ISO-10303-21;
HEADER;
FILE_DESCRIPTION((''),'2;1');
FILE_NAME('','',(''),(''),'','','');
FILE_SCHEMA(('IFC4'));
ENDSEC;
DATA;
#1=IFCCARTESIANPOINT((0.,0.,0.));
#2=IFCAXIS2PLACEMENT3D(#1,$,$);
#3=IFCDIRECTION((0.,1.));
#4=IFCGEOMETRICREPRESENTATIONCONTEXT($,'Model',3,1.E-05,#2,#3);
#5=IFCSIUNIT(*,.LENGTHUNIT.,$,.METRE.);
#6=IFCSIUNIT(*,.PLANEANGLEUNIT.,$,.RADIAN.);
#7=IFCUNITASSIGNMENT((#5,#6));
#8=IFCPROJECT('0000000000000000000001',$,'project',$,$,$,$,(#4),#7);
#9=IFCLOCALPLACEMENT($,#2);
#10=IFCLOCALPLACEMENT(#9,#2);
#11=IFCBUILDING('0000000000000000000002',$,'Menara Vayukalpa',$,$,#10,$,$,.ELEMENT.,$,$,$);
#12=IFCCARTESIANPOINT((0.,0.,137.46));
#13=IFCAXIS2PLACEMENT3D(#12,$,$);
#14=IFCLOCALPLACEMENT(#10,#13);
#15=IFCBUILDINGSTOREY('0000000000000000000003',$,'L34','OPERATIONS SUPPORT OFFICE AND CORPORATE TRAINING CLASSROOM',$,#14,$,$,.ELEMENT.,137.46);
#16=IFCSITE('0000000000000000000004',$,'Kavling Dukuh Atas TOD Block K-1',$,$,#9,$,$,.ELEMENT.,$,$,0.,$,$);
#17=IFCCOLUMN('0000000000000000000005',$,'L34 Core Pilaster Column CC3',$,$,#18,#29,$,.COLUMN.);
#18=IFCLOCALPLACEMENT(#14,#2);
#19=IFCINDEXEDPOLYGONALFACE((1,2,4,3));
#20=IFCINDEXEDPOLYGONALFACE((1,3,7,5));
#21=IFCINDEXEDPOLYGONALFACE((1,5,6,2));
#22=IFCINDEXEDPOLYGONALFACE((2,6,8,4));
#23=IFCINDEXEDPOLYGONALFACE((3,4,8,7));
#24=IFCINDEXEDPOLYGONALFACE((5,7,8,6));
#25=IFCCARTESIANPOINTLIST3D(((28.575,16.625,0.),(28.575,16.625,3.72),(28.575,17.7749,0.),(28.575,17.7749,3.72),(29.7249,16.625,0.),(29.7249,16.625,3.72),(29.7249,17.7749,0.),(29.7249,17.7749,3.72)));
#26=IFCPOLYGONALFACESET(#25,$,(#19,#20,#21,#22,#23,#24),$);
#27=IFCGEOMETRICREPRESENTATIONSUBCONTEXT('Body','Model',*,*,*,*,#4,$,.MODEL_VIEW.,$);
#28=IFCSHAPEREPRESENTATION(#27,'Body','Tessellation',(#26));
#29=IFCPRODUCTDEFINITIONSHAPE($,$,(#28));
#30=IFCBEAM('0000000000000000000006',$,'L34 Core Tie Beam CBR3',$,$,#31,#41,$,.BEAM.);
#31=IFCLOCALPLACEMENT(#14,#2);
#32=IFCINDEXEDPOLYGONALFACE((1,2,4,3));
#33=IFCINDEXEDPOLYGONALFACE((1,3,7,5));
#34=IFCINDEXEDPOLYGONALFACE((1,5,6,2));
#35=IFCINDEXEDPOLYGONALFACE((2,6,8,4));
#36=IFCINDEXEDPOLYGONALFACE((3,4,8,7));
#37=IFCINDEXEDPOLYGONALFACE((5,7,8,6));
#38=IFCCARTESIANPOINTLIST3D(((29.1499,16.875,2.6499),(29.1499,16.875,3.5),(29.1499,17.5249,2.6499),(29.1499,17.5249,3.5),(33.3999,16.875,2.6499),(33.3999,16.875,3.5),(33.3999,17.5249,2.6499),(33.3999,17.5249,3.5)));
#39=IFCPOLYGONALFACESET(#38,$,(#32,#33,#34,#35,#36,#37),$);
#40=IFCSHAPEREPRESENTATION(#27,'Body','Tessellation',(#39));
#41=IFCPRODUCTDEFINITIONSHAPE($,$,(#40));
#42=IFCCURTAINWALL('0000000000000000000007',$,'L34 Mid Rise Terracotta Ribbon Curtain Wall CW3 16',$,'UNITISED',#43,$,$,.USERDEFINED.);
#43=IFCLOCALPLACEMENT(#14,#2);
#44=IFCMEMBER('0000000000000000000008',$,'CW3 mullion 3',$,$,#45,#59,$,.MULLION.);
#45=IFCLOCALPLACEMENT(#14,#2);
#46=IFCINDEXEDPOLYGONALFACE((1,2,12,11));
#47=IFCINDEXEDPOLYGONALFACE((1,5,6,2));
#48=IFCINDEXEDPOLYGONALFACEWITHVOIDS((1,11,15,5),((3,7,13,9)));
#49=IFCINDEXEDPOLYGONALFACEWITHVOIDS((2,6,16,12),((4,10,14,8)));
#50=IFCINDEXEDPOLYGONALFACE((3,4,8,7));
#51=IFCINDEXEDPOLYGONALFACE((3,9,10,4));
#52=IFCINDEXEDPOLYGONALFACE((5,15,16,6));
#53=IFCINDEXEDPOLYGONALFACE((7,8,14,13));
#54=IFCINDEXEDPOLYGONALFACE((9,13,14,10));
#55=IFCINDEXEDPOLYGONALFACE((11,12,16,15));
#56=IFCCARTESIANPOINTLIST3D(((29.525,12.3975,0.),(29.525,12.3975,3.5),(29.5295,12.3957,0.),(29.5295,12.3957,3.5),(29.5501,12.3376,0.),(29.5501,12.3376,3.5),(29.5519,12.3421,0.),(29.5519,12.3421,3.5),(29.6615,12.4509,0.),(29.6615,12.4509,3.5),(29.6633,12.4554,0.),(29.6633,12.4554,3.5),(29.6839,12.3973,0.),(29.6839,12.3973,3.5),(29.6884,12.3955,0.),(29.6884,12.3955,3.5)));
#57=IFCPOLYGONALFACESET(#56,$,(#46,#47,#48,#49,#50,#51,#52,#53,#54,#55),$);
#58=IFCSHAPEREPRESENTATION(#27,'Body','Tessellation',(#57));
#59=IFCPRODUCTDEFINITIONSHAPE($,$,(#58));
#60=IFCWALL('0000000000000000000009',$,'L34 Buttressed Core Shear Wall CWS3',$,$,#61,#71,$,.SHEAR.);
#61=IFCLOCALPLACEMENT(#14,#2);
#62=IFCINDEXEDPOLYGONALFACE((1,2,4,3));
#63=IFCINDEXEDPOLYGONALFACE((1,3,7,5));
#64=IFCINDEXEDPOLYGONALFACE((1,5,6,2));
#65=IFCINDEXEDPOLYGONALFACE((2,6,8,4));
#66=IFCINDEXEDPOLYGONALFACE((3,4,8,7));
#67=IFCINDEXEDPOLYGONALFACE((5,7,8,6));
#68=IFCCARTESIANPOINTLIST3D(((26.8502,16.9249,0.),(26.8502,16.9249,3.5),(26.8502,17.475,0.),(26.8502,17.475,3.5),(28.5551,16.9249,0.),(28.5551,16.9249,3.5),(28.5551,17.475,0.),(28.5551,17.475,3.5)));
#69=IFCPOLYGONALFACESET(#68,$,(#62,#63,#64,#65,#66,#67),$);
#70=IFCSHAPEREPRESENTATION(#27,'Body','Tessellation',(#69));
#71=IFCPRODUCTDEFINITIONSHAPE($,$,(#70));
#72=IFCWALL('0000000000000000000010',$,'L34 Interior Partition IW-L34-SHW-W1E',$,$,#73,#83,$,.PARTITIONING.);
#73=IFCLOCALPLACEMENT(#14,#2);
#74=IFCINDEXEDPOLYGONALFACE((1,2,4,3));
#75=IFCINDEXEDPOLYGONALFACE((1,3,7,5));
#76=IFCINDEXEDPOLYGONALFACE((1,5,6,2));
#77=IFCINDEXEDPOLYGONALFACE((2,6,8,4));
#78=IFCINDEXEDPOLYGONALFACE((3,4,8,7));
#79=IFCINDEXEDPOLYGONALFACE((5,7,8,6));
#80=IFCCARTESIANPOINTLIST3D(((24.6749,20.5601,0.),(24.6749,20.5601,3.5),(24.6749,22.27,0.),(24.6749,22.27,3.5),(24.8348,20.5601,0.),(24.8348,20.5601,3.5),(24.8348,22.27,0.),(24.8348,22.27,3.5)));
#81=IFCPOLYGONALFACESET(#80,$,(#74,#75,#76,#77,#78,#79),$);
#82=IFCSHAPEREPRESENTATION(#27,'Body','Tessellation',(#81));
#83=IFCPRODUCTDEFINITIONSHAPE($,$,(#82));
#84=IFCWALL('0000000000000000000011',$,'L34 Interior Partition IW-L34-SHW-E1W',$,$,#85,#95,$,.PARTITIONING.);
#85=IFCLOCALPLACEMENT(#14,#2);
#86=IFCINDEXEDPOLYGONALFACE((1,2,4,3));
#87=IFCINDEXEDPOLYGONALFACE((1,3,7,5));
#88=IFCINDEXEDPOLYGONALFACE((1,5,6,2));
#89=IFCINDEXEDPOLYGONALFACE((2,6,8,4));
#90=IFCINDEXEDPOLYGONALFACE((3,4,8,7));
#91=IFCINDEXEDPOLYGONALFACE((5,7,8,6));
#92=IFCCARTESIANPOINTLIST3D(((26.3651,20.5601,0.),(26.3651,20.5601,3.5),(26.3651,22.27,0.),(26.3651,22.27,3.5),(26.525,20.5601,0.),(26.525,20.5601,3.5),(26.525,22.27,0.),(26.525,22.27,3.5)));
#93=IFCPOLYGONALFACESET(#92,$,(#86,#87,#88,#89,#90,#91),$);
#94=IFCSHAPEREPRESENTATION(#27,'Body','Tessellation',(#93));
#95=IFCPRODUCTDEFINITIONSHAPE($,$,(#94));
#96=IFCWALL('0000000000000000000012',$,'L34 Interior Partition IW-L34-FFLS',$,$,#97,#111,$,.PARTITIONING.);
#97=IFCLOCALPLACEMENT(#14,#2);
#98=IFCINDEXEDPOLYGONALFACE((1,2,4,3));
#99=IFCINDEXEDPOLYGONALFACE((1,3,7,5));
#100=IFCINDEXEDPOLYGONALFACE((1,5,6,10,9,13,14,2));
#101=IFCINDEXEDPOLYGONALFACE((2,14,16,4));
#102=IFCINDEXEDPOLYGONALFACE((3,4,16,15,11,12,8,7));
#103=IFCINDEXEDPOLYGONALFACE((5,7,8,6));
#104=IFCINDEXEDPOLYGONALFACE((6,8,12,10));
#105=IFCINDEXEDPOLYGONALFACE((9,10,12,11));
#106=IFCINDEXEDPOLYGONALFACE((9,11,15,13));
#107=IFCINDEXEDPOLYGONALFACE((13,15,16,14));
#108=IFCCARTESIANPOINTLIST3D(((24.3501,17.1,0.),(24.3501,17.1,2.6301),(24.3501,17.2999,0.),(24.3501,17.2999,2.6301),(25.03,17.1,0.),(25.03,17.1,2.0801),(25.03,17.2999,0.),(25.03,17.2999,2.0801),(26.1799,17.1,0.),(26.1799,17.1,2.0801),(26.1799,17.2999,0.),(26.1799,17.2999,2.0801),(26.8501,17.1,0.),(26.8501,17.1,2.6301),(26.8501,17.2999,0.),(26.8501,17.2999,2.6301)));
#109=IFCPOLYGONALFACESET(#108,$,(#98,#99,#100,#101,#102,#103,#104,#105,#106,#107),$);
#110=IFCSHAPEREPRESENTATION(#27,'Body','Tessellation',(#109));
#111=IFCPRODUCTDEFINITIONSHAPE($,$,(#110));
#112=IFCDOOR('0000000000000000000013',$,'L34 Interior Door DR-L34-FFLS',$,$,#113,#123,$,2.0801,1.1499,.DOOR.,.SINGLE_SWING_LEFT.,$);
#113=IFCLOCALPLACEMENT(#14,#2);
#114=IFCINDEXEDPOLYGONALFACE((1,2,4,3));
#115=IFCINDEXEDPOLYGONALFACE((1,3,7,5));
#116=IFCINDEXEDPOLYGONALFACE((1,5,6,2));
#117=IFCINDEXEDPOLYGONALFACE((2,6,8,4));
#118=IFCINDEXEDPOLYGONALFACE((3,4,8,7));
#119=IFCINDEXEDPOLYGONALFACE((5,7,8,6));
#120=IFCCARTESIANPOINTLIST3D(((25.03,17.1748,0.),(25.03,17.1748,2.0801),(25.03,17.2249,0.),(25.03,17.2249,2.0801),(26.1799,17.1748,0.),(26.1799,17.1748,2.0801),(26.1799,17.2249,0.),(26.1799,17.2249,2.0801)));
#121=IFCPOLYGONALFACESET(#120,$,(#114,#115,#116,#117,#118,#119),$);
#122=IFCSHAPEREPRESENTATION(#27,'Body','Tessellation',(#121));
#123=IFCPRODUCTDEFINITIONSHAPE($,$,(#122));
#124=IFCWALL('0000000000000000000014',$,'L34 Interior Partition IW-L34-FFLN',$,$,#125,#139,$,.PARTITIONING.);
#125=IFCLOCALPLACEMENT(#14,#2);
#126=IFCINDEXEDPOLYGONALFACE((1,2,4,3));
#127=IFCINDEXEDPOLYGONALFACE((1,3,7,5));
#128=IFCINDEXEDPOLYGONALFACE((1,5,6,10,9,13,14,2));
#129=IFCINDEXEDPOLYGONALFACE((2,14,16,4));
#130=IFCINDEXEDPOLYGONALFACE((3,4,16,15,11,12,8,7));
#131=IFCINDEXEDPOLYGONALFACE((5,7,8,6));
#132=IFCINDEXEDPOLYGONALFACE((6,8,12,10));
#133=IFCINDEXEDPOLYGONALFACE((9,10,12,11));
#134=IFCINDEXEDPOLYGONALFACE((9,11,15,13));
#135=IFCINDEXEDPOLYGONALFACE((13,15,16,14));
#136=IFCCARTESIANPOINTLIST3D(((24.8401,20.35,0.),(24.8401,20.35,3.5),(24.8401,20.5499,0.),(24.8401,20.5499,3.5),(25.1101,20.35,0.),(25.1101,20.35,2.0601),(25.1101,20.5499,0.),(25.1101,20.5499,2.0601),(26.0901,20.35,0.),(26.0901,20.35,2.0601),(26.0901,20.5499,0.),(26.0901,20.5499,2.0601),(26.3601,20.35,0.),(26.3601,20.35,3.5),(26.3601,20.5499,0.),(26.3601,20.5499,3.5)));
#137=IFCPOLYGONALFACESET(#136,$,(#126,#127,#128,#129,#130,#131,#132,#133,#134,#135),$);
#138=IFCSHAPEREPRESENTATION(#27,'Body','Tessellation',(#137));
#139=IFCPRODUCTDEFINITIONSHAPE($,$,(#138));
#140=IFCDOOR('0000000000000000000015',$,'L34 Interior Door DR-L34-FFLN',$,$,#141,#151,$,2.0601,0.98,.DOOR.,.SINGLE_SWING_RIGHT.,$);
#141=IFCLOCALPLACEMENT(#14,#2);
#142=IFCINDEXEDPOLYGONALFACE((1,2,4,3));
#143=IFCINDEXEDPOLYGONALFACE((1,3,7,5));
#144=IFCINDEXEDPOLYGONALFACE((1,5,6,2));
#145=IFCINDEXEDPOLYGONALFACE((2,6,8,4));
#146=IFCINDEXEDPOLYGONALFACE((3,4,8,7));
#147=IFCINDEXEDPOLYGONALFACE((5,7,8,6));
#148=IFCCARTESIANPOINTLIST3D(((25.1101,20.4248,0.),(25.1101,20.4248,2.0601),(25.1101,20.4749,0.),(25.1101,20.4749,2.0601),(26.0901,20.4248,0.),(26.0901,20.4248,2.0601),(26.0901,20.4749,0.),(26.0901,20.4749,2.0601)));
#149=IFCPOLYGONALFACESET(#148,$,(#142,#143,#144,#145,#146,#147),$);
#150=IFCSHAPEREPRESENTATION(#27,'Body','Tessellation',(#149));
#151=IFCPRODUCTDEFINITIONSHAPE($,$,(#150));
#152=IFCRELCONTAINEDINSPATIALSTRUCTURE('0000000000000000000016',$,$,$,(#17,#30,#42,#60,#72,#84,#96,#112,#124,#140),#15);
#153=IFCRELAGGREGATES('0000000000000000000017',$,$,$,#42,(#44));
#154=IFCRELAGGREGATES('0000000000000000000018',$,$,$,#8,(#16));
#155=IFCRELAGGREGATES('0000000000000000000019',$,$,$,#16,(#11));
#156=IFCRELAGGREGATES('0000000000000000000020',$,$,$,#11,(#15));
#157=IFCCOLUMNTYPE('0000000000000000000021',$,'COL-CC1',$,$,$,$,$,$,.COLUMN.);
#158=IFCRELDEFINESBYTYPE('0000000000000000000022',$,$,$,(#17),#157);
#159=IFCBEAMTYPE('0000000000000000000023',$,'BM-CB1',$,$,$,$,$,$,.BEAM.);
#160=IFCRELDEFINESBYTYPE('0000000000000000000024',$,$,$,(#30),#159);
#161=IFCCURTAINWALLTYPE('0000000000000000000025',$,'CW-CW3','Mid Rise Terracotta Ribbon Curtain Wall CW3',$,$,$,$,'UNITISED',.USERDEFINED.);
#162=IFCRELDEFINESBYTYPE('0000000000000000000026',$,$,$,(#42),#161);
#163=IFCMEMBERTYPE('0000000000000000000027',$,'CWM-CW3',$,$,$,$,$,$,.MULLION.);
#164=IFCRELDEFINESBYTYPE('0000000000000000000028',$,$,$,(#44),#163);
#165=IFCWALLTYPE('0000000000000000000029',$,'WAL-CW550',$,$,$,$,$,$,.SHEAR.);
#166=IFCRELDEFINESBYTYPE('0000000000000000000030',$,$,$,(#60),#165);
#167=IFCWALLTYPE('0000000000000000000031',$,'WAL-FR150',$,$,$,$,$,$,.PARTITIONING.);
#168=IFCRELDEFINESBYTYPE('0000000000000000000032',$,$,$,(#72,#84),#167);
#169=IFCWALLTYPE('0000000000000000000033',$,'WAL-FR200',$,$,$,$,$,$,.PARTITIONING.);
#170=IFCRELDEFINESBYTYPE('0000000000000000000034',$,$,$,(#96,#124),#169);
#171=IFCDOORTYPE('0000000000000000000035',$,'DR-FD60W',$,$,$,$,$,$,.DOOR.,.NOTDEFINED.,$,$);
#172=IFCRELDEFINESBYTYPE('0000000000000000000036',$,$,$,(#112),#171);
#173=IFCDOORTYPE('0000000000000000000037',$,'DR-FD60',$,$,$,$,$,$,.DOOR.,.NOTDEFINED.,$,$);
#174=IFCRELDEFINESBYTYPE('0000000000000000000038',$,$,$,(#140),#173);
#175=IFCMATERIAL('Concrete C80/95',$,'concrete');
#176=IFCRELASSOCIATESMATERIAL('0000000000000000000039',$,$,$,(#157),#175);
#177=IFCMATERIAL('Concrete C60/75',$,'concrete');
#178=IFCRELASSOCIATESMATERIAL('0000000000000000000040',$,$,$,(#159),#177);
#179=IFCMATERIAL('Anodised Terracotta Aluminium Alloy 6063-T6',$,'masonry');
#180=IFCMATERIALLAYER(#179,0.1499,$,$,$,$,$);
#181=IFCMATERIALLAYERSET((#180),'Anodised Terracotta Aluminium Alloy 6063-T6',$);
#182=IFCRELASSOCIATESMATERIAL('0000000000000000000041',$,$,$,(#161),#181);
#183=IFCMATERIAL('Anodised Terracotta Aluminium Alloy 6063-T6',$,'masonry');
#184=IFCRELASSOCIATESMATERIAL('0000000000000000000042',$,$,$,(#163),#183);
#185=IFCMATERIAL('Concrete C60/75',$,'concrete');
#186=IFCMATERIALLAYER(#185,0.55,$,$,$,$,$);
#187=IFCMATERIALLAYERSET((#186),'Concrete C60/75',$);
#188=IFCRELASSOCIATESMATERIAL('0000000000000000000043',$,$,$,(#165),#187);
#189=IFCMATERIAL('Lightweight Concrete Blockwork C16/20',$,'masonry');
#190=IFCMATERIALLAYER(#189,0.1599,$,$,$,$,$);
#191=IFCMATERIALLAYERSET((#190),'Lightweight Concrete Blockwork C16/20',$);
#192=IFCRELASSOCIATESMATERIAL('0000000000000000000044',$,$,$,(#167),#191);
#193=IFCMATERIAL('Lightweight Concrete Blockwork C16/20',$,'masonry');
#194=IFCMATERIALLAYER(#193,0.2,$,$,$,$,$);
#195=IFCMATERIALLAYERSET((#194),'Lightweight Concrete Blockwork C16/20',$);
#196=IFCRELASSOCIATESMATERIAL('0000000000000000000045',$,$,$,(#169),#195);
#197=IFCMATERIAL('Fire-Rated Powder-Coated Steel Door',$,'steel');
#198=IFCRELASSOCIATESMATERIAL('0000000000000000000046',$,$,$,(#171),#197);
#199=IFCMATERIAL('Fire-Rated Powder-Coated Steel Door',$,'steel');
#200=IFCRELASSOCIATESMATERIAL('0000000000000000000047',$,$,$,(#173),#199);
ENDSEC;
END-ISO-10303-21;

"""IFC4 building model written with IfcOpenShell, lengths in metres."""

from ifc_helpers import new_model, si_unit, direction, frame, frame_2d, origin, origin_2d, place, context, subcontext, project, spatial, rectangle, hollow_rectangle, extrude, material, layer, layer_set, material_profile, profile_set, type_object, element, fill, aggregate, save


model = new_model("IFC4")

# Units and contexts
model_context = context("Model", 3, precision=1e-05, world=origin(), true_north=direction((0.0, 1.0)))
body_context = subcontext(model_context, "Body", "Model", "MODEL_VIEW")
ifc_project = project(units=[si_unit("LENGTHUNIT", "METRE"), si_unit("PLANEANGLEUNIT", "RADIAN")], contexts=[model_context])

# Site, building, storey
site_placement = place(None, origin())
site = spatial("IfcSite", under=ifc_project, at=site_placement, Name="Kavling Dukuh Atas TOD Block K-1", CompositionType="ELEMENT", RefElevation=0.0)
building_placement = place(site_placement, origin())
building = spatial("IfcBuilding", under=site, at=building_placement, Name="Menara Vayukalpa", CompositionType="ELEMENT")
storey_placement = place(building_placement, frame((0.0, 0.0, 137.46)))
storey = spatial("IfcBuildingStorey", under=building, at=storey_placement, Name="L34", Description="OPERATIONS SUPPORT OFFICE AND CORPORATE TRAINING CLASSROOM", CompositionType="ELEMENT", Elevation=137.46)

# Column
ifc_material_1 = material(Name="Concrete C80/95", Category="concrete")
ifc_material_profile_1 = material_profile(ifc_material_1, rectangle(XDim=1.1499, YDim=1.1499, at=origin_2d()), Name="RC 1150x1150")
ifc_profile_set_1 = profile_set([ifc_material_profile_1], Name="Concrete C80/95")
column_type = type_object("IfcColumnType", Name="COL-CC1", PredefinedType="COLUMN", material=ifc_profile_set_1)
column_placement = place(storey_placement, frame((29.1499, 17.2, 0.0), z_axis=(0.0, 0.0, 1.0), x_axis=(1.0, 0.0, 0.0)))
element("IfcColumn", 1, at=column_placement, inside=storey, type_object=column_type, Name="L34 Core Pilaster Column CC3", PredefinedType="COLUMN", context=body_context, shape_type="SweptSolid", body=[
    extrude(rectangle(XDim=1.1499, YDim=1.1499, at=origin_2d()), origin(), (0.0, 0.0, 1.0), 3.72),
])

# Beam
ifc_material_2 = material(Name="Concrete C60/75", Category="concrete")
ifc_material_profile_2 = material_profile(ifc_material_2, rectangle(XDim=0.6499, YDim=0.8501, at=origin_2d()), Name="RC 650x850")
ifc_profile_set_2 = profile_set([ifc_material_profile_2], Name="Concrete C60/75")
beam_type = type_object("IfcBeamType", Name="BM-CB1", PredefinedType="BEAM", material=ifc_profile_set_2)
beam_placement = place(storey_placement, frame((29.1499, 17.2, 3.075), z_axis=(1.0, 0.0, 0.0), x_axis=(0.0, 1.0, 0.0)))
element("IfcBeam", 2, at=beam_placement, inside=storey, type_object=beam_type, Name="L34 Core Tie Beam CBR3", PredefinedType="BEAM", context=body_context, shape_type="SweptSolid", body=[
    extrude(rectangle(XDim=0.6499, YDim=0.8501, at=origin_2d()), origin(), (0.0, 0.0, 1.0), 4.25),
])

# Curtain wall, member
ifc_material_3 = material(Name="Anodised Terracotta Aluminium Alloy 6063-T6", Category="masonry")
ifc_layer_1 = layer(ifc_material_3, 0.1499)
ifc_layer_set_1 = layer_set([ifc_layer_1], Name="Anodised Terracotta Aluminium Alloy 6063-T6")
curtain_wall_type = type_object("IfcCurtainWallType", Name="CW-CW3", Description="Mid Rise Terracotta Ribbon Curtain Wall CW3", ElementType="UNITISED", PredefinedType="USERDEFINED", material=ifc_layer_set_1)
curtain_wall_placement = place(storey_placement, origin())
curtain_wall = element("IfcCurtainWall", 3, at=curtain_wall_placement, inside=storey, type_object=curtain_wall_type, Name="L34 Mid Rise Terracotta Ribbon Curtain Wall CW3 16", ObjectType="UNITISED", PredefinedType="USERDEFINED")
ifc_material_4 = material(Name="Anodised Terracotta Aluminium Alloy 6063-T6", Category="masonry")
ifc_material_profile_3 = material_profile(ifc_material_4, hollow_rectangle(XDim=0.0649, YDim=0.1499, WallThickness=0.0034, at=origin_2d()), Name="ALU 65x150x3.5")
ifc_profile_set_3 = profile_set([ifc_material_profile_3], Name="Anodised Terracotta Aluminium Alloy 6063-T6")
member_type = type_object("IfcMemberType", Name="CWM-CW3", PredefinedType="MULLION", material=ifc_profile_set_3)
member_placement = place(storey_placement, frame((29.6067, 12.3965, 0.0), z_axis=(0.0, 0.0, 1.0), x_axis=(-0.385886, 0.922546, 0.0)))
member = element("IfcMember", 4, at=member_placement, type_object=member_type, Name="CW3 mullion 3", PredefinedType="MULLION", context=body_context, shape_type="SweptSolid", body=[
    extrude(hollow_rectangle(XDim=0.0649, YDim=0.1499, WallThickness=0.0034, at=origin_2d()), origin(), (0.0, 0.0, 1.0), 3.5),
])
aggregate(curtain_wall, [member])

# Walls
ifc_material_5 = material(Name="Concrete C60/75", Category="concrete")
ifc_layer_2 = layer(ifc_material_5, 0.55)
ifc_layer_set_2 = layer_set([ifc_layer_2], Name="Concrete C60/75")
wall_type_1 = type_object("IfcWallType", Name="WAL-CW550", PredefinedType="SHEAR", material=ifc_layer_set_2)
wall_1_placement = place(storey_placement, frame((26.8501, 17.2, 0.0), z_axis=(0.0, 0.0, 1.0), x_axis=(1.0, 0.0, 0.0)))
element("IfcWall", 5, at=wall_1_placement, inside=storey, type_object=wall_type_1, Name="L34 Buttressed Core Shear Wall CWS3", PredefinedType="SHEAR", context=body_context, shape_type="SweptSolid", body=[
    extrude(rectangle(XDim=1.7048, YDim=0.55, at=frame_2d((0.8525, 0.0))), origin(), (0.0, 0.0, 1.0), 3.5),
])
ifc_material_6 = material(Name="Lightweight Concrete Blockwork C16/20", Category="masonry")
ifc_layer_3 = layer(ifc_material_6, 0.1599)
ifc_layer_set_3 = layer_set([ifc_layer_3], Name="Lightweight Concrete Blockwork C16/20")
wall_type_2 = type_object("IfcWallType", Name="WAL-FR150", PredefinedType="PARTITIONING", material=ifc_layer_set_3)
for number, where, z_axis, x_axis, name in (
    (6, (24.7549, 20.5601, 0.0), (0.0, 0.0, 1.0), (0.0, 1.0, 0.0), "L34 Interior Partition IW-L34-SHW-W1E"),
    (7, (26.4451, 20.5601, 0.0), (0.0, 0.0, 1.0), (0.0, 1.0, 0.0), "L34 Interior Partition IW-L34-SHW-E1W"),
):
    element("IfcWall", number, at=place(storey_placement, frame(where, z_axis=z_axis, x_axis=x_axis)), inside=storey, type_object=wall_type_2, Name=name, PredefinedType="PARTITIONING", context=body_context, shape_type="SweptSolid", body=[
        extrude(rectangle(XDim=1.71, YDim=0.1599, at=frame_2d((0.855, 0.0))), origin(), (0.0, 0.0, 1.0), 3.5),
    ])

# Walls, openings, doors
ifc_material_7 = material(Name="Lightweight Concrete Blockwork C16/20", Category="masonry")
ifc_layer_4 = layer(ifc_material_7, 0.2)
ifc_layer_set_4 = layer_set([ifc_layer_4], Name="Lightweight Concrete Blockwork C16/20")
wall_type_3 = type_object("IfcWallType", Name="WAL-FR200", PredefinedType="PARTITIONING", material=ifc_layer_set_4)
wall_2_placement = place(storey_placement, frame((24.3501, 17.2, 0.0), z_axis=(0.0, 0.0, 1.0), x_axis=(1.0, 0.0, 0.0)))
wall_2 = element("IfcWall", 8, at=wall_2_placement, inside=storey, type_object=wall_type_3, Name="L34 Interior Partition IW-L34-FFLS", PredefinedType="PARTITIONING", context=body_context, shape_type="SweptSolid", body=[
    extrude(rectangle(XDim=2.5, YDim=0.2, at=frame_2d((1.25, 0.0))), origin(), (0.0, 0.0, 1.0), 2.6301),
])
opening_1_placement = place(wall_2_placement, frame((0.6799, 0.0, 0.0)))
opening_1 = element("IfcOpeningElement", 9, at=opening_1_placement, cuts=wall_2, PredefinedType="OPENING", context=body_context, shape_type="SweptSolid", body=[
    extrude(rectangle(XDim=1.1499, YDim=2.0801, at=frame_2d((0.575, 1.04))), frame((0.0, 0.1099, 0.0), z_axis=(0.0, -1.0, 0.0), x_axis=(1.0, 0.0, 0.0)), (0.0, 0.0, 1.0), 0.22),
])
ifc_material_8 = material(Name="Fire-Rated Powder-Coated Steel Door", Category="steel")
door_type_1 = type_object("IfcDoorType", Name="DR-FD60W", OperationType="NOTDEFINED", PredefinedType="DOOR", material=ifc_material_8)
door_1_placement = place(opening_1_placement, origin())
door_1 = element("IfcDoor", 10, at=door_1_placement, inside=storey, type_object=door_type_1, Name="L34 Interior Door DR-L34-FFLS", OperationType="SINGLE_SWING_LEFT", OverallHeight=2.0801, OverallWidth=1.1499, PredefinedType="DOOR", context=body_context, shape_type="SweptSolid", body=[
    extrude(rectangle(XDim=1.1499, YDim=2.0801, at=frame_2d((0.575, 1.04))), frame((0.0, 0.0249, 0.0), z_axis=(0.0, -1.0, 0.0), x_axis=(1.0, 0.0, 0.0)), (0.0, 0.0, 1.0), 0.05),
])
fill(opening_1, door_1)
wall_3_placement = place(storey_placement, frame((24.8401, 20.45, 0.0), z_axis=(0.0, 0.0, 1.0), x_axis=(1.0, 0.0, 0.0)))
wall_3 = element("IfcWall", 11, at=wall_3_placement, inside=storey, type_object=wall_type_3, Name="L34 Interior Partition IW-L34-FFLN", PredefinedType="PARTITIONING", context=body_context, shape_type="SweptSolid", body=[
    extrude(rectangle(XDim=1.52, YDim=0.2, at=frame_2d((0.76, 0.0))), origin(), (0.0, 0.0, 1.0), 3.5),
])
opening_2_placement = place(wall_3_placement, frame((0.27, 0.0, 0.0)))
opening_2 = element("IfcOpeningElement", 12, at=opening_2_placement, cuts=wall_3, PredefinedType="OPENING", context=body_context, shape_type="SweptSolid", body=[
    extrude(rectangle(XDim=0.98, YDim=2.0601, at=frame_2d((0.49, 1.03))), frame((0.0, 0.1099, 0.0), z_axis=(0.0, -1.0, 0.0), x_axis=(1.0, 0.0, 0.0)), (0.0, 0.0, 1.0), 0.22),
])
ifc_material_9 = material(Name="Fire-Rated Powder-Coated Steel Door", Category="steel")
door_type_2 = type_object("IfcDoorType", Name="DR-FD60", OperationType="NOTDEFINED", PredefinedType="DOOR", material=ifc_material_9)
door_2_placement = place(opening_2_placement, origin())
door_2 = element("IfcDoor", 13, at=door_2_placement, inside=storey, type_object=door_type_2, Name="L34 Interior Door DR-L34-FFLN", OperationType="SINGLE_SWING_RIGHT", OverallHeight=2.0601, OverallWidth=0.98, PredefinedType="DOOR", context=body_context, shape_type="SweptSolid", body=[
    extrude(rectangle(XDim=0.98, YDim=2.0601, at=frame_2d((0.49, 1.03))), frame((0.0, 0.0249, 0.0), z_axis=(0.0, -1.0, 0.0), x_axis=(1.0, 0.0, 0.0)), (0.0, 0.0, 1.0), 0.05),
])
fill(opening_2, door_2)

save(model, "model.ifc")
